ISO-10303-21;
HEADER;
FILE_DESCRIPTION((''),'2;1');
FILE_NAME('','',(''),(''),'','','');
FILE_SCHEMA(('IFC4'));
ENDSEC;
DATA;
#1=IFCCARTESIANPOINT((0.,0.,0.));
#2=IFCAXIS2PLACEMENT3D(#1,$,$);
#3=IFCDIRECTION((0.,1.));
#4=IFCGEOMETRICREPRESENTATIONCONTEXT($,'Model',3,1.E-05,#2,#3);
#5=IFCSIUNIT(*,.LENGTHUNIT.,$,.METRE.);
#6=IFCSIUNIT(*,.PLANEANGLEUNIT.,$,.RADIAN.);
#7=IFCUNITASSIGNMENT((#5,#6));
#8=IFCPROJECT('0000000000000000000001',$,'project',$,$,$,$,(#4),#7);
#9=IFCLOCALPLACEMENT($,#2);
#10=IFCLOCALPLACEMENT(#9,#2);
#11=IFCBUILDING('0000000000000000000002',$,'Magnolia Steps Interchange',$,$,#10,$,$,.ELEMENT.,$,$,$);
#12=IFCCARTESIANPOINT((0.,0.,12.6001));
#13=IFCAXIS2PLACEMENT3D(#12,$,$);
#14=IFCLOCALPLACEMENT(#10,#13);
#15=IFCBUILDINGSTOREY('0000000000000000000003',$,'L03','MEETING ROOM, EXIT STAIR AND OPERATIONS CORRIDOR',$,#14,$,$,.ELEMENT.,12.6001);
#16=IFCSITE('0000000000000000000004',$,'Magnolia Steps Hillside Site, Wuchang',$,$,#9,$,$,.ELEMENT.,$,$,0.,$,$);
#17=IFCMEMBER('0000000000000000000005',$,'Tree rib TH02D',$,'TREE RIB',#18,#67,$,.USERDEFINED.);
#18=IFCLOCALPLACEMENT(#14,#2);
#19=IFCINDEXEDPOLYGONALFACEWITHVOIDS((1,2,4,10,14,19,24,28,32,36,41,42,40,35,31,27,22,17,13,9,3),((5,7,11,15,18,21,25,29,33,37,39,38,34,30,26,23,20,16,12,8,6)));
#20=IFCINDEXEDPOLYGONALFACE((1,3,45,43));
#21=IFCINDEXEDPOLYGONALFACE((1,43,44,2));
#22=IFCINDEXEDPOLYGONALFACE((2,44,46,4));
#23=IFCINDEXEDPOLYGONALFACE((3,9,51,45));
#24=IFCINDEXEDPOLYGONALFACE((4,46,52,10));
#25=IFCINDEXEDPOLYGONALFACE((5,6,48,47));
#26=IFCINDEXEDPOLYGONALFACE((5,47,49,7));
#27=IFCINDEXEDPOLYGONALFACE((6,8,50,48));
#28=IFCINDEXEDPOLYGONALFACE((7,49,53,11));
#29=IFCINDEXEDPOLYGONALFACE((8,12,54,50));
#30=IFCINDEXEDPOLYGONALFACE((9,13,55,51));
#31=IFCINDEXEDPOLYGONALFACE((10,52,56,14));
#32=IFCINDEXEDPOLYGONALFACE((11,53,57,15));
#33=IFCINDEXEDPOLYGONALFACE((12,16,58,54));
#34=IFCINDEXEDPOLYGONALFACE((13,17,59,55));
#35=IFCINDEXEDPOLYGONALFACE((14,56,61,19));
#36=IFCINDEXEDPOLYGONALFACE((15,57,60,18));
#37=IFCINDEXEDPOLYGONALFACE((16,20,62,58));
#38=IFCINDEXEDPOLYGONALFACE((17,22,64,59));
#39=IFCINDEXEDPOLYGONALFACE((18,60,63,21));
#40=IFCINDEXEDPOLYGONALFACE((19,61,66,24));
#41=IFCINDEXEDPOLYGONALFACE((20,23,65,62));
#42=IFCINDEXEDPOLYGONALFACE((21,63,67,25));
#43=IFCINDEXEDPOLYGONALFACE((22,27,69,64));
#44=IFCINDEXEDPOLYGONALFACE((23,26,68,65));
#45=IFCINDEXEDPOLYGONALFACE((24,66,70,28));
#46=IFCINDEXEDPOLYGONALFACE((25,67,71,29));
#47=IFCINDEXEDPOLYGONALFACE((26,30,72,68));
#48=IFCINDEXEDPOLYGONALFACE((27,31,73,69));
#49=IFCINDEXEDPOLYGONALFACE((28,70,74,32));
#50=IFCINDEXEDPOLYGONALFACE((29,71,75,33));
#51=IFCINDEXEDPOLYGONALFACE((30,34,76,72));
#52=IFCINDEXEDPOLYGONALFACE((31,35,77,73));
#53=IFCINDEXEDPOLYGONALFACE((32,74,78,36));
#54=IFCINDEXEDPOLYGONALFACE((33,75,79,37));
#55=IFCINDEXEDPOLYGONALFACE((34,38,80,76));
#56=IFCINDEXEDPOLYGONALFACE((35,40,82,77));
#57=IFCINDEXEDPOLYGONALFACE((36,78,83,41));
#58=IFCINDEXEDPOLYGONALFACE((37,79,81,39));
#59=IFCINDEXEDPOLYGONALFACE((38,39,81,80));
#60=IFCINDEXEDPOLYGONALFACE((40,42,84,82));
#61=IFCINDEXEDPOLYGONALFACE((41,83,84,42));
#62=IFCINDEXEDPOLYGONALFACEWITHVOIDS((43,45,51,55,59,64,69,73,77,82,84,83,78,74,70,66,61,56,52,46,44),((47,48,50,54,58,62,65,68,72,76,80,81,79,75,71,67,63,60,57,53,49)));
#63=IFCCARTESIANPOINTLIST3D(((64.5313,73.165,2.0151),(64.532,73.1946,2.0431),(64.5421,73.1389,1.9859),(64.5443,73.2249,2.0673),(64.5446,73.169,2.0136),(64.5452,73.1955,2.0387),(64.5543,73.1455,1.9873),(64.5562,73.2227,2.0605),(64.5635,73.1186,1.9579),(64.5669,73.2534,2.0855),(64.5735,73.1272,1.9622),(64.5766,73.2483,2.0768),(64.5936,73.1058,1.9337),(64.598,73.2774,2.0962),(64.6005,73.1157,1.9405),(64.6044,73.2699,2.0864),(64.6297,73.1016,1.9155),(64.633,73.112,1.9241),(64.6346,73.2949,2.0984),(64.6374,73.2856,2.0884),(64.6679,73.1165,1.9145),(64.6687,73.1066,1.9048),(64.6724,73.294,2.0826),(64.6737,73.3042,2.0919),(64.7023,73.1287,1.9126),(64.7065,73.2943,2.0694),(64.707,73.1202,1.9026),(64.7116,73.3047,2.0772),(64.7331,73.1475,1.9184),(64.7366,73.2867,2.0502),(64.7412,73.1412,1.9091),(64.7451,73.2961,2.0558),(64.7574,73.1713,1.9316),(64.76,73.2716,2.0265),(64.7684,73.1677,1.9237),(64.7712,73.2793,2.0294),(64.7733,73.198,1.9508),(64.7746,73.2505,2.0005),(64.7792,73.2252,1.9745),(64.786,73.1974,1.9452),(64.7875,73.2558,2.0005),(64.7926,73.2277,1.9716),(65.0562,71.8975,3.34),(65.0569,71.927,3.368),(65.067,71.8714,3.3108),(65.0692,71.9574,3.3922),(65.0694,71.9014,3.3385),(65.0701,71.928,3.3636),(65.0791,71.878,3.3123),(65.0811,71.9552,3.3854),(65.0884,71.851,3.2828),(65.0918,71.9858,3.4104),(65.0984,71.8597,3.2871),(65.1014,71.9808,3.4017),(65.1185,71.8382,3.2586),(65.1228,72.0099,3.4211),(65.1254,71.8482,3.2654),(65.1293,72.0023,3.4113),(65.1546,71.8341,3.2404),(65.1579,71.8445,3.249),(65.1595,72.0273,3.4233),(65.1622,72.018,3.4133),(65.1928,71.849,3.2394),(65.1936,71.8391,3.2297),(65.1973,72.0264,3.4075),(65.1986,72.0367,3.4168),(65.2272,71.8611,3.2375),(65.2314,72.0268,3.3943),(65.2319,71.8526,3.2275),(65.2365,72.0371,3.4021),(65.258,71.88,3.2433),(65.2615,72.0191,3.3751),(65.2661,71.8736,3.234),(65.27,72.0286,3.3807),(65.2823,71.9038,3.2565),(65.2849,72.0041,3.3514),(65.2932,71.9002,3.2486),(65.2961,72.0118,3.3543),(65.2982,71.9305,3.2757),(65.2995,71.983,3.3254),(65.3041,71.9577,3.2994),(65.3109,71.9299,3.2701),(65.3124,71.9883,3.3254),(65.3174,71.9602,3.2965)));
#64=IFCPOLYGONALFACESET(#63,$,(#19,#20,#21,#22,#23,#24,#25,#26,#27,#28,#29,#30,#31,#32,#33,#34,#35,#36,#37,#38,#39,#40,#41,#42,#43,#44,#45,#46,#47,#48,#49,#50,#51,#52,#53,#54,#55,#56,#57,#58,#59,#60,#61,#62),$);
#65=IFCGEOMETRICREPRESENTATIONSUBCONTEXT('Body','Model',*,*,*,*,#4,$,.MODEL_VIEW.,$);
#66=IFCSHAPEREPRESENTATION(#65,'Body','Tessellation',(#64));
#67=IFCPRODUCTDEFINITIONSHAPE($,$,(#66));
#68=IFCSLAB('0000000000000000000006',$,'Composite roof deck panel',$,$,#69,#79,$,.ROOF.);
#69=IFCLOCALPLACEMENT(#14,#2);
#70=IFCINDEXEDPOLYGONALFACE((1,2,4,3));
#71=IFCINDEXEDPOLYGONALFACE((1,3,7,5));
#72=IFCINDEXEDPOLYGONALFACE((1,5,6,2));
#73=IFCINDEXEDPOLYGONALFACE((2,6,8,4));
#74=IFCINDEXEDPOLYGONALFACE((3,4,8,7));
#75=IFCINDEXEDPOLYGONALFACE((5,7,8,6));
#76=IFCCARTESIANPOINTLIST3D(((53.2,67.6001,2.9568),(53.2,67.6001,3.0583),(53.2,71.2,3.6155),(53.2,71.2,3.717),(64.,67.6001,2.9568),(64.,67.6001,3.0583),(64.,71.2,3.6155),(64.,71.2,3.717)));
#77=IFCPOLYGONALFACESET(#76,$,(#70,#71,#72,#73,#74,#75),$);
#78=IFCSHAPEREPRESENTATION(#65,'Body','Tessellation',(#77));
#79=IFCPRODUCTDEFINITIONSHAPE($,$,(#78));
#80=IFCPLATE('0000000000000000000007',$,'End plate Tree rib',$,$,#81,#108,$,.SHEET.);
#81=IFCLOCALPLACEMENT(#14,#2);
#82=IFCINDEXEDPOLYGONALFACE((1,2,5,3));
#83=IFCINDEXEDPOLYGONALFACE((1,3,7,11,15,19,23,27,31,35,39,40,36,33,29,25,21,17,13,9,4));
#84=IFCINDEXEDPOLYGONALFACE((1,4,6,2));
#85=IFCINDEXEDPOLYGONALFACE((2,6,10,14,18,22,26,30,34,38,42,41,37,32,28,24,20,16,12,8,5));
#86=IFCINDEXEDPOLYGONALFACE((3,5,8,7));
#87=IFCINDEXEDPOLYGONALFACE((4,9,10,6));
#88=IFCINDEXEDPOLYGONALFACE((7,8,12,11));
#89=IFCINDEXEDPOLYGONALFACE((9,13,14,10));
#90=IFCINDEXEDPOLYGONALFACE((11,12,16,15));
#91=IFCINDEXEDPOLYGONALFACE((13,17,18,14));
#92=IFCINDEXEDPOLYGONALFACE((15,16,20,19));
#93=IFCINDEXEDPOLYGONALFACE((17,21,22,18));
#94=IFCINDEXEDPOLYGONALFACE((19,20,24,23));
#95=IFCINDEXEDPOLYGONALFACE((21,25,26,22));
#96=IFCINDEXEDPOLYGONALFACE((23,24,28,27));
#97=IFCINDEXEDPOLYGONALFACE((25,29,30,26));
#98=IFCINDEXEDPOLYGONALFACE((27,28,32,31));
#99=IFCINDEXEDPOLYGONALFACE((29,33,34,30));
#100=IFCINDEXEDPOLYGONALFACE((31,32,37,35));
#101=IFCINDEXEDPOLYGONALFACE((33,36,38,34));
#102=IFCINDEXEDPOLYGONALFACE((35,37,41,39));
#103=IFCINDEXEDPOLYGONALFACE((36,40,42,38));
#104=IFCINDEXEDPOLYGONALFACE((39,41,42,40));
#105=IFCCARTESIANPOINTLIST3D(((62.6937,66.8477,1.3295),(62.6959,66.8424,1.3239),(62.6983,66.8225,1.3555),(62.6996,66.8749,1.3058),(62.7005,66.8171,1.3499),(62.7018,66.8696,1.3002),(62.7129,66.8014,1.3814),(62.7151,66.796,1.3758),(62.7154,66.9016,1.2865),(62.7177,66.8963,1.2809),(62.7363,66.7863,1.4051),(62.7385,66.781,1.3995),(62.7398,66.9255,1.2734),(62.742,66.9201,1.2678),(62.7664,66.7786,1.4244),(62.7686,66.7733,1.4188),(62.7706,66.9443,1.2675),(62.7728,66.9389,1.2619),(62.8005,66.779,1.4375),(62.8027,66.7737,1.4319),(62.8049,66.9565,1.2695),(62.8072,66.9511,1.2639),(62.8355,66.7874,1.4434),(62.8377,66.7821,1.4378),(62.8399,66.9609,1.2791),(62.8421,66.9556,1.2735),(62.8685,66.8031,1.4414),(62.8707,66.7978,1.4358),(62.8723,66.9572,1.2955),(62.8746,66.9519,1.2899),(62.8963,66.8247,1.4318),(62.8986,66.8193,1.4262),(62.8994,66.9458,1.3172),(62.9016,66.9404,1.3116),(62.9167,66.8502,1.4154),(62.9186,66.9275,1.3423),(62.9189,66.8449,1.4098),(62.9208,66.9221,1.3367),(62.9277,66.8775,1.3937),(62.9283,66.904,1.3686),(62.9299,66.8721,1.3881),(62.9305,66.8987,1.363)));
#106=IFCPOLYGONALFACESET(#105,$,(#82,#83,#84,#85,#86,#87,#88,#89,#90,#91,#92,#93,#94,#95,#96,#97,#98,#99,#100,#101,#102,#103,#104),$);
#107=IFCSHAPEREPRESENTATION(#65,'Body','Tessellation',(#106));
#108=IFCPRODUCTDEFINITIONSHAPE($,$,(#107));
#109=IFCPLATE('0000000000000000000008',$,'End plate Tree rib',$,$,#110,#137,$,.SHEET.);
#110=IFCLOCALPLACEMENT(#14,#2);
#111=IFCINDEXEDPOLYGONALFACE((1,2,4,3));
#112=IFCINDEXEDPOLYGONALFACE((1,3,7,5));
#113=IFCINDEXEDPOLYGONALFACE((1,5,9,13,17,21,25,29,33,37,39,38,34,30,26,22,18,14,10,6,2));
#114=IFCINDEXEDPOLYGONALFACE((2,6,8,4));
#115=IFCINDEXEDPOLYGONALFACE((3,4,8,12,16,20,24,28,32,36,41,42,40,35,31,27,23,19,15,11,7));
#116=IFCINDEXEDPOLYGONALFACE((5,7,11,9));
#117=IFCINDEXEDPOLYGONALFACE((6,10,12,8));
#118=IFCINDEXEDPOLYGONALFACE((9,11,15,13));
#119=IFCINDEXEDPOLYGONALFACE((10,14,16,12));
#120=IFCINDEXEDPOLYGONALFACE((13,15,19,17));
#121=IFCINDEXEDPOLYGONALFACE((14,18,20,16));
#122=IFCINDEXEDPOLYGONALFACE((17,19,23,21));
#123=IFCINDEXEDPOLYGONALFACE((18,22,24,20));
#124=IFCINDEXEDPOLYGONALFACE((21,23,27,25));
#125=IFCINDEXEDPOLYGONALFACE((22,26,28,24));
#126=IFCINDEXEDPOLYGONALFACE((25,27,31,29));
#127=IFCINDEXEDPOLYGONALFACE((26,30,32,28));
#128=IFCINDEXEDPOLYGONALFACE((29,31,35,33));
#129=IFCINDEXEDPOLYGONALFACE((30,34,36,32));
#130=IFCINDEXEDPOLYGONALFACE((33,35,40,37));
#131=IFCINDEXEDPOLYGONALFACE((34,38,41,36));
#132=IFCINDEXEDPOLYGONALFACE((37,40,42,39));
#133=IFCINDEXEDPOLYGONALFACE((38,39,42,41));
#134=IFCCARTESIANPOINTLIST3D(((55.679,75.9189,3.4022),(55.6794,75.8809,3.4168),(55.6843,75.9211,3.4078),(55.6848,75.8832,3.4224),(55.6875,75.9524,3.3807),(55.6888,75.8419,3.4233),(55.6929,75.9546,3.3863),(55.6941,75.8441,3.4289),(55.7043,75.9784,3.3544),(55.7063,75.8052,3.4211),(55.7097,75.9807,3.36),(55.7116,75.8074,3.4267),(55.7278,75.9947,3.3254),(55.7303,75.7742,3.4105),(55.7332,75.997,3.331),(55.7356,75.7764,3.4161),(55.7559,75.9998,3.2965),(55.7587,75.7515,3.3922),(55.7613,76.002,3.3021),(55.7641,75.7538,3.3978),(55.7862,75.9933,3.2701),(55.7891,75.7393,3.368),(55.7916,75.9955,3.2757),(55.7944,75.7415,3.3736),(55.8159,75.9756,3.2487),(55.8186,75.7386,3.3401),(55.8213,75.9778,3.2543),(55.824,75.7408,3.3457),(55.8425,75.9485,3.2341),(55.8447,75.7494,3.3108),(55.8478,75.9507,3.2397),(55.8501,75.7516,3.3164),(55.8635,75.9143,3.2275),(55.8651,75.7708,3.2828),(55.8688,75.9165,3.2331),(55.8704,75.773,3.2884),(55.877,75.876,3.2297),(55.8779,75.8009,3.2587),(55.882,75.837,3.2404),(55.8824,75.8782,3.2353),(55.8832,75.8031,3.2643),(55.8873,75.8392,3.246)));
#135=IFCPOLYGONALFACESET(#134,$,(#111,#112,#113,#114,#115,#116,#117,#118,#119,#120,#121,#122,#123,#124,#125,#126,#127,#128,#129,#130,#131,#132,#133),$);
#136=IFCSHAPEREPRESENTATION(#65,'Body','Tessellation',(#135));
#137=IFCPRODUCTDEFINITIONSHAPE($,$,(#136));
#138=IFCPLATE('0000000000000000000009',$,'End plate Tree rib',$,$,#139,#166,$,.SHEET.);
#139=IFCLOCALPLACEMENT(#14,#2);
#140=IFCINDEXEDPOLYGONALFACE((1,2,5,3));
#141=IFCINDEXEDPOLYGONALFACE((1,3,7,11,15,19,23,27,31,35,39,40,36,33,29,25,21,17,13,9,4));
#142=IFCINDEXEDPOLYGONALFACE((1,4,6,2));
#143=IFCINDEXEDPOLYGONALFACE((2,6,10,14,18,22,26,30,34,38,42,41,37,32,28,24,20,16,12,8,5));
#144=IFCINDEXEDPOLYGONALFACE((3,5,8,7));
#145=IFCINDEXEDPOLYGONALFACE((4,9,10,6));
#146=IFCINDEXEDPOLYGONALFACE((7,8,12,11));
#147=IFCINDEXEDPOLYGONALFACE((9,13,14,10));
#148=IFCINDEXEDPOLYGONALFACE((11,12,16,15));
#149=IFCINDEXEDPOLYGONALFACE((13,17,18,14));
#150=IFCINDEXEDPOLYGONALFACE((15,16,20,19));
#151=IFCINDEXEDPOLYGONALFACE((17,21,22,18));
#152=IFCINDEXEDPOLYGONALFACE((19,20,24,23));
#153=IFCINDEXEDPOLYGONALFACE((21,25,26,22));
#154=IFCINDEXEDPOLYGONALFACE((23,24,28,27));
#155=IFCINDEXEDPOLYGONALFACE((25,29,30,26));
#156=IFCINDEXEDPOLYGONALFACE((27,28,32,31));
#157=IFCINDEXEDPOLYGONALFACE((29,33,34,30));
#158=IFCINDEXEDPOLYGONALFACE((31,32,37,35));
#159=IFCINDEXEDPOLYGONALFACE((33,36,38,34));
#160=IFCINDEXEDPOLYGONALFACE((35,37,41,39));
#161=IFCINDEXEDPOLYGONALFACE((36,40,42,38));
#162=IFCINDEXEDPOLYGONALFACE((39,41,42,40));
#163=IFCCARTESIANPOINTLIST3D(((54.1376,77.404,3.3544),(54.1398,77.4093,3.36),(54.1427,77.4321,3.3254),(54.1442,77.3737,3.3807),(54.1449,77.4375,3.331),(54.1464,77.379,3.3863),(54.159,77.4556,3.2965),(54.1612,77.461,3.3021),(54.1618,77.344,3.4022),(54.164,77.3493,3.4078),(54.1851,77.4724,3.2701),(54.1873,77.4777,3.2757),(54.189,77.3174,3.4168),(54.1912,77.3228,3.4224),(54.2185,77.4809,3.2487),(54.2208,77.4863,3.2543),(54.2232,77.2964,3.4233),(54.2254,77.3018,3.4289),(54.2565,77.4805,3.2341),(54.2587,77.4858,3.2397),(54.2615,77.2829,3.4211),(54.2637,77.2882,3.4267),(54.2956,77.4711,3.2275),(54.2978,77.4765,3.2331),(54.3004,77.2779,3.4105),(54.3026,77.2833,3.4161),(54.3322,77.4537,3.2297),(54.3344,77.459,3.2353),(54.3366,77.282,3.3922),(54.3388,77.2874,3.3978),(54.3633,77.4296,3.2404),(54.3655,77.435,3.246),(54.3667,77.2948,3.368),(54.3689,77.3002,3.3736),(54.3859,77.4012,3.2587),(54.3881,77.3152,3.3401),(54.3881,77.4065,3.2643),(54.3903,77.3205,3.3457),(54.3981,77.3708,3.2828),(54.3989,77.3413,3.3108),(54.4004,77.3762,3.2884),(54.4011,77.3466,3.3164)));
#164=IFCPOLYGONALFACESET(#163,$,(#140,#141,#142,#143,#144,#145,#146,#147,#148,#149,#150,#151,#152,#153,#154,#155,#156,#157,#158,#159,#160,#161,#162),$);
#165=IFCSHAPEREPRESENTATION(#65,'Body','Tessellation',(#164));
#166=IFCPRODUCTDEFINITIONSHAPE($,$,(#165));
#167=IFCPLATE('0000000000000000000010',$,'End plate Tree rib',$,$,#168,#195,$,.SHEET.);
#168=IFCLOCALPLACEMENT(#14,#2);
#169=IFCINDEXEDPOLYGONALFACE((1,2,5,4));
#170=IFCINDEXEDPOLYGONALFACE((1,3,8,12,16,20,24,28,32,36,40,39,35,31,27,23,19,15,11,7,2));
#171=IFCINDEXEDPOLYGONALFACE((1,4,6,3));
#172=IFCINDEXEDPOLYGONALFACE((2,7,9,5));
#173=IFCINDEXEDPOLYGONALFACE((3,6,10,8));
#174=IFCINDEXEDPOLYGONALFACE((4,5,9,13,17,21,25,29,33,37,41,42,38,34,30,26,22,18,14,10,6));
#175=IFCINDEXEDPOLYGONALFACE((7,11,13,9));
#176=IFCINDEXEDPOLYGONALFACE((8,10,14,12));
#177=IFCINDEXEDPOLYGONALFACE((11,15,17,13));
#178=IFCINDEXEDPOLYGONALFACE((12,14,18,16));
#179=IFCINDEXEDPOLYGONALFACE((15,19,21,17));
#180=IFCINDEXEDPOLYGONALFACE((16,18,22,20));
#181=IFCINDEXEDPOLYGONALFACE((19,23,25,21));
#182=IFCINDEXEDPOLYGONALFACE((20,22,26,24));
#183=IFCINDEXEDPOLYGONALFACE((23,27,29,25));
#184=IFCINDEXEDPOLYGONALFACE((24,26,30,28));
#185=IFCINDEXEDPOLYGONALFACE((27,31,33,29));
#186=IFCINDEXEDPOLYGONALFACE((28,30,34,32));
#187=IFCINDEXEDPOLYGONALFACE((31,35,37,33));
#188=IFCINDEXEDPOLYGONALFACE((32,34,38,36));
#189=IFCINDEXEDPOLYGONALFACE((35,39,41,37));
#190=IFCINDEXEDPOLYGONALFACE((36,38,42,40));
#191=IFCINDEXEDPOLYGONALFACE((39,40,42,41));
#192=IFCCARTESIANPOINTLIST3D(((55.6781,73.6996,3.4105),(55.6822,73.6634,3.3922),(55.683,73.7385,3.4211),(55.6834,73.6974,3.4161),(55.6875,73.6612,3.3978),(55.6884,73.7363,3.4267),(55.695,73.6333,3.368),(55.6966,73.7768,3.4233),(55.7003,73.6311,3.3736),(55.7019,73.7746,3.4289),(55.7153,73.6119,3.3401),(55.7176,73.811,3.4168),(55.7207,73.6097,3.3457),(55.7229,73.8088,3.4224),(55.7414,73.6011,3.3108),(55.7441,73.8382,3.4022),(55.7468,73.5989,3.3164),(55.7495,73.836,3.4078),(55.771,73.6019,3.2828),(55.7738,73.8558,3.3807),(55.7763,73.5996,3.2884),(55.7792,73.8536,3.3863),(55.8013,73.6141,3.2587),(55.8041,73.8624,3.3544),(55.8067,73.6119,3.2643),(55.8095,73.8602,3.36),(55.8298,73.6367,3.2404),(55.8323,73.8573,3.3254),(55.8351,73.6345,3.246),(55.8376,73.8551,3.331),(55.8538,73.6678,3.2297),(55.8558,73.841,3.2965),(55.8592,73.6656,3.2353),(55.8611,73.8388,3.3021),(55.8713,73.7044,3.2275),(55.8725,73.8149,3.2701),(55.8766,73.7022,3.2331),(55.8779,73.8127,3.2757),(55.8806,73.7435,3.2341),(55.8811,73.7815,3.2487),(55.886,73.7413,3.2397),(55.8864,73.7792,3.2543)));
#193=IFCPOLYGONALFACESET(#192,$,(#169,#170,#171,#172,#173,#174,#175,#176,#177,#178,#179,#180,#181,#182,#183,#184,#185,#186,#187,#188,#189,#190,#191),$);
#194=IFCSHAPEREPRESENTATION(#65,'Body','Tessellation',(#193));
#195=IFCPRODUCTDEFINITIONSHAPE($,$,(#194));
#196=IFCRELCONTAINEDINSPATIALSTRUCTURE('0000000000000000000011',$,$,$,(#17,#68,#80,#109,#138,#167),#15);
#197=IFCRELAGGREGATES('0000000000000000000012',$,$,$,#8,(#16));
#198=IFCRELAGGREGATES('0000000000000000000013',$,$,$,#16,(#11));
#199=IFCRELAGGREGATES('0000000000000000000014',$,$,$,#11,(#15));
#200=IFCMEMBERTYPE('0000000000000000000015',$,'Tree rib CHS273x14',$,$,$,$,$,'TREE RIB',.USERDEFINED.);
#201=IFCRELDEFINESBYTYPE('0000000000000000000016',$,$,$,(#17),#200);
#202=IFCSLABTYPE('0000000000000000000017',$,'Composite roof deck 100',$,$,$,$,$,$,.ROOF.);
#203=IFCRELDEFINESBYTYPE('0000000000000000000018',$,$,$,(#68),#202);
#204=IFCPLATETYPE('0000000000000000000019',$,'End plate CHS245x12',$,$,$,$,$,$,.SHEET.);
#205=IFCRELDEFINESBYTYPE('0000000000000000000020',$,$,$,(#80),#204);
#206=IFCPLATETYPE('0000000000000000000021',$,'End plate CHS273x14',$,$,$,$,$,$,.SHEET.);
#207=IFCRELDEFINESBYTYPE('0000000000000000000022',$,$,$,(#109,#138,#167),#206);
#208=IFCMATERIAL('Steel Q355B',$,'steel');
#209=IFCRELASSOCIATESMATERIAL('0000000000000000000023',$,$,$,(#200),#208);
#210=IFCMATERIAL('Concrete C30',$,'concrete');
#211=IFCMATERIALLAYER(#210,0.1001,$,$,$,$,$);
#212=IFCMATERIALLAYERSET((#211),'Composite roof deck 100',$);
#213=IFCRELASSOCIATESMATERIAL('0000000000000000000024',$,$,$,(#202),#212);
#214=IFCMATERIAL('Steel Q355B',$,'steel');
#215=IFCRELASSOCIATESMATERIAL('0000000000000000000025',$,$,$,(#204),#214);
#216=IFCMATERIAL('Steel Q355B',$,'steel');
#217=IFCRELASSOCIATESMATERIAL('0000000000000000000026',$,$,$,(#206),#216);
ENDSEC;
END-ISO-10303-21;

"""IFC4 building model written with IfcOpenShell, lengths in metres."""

from ifc_helpers import new_model, si_unit, direction, frame, origin, origin_2d, place, context, subcontext, project, spatial, polyline, circle, hollow_circle, outline, extrude, material, layer, layer_set, material_profile, profile_set, type_object, element, save


model = new_model("IFC4")

# Units and contexts
model_context = context("Model", 3, precision=1e-05, world=origin(), true_north=direction((0.0, 1.0)))
body_context = subcontext(model_context, "Body", "Model", "MODEL_VIEW")
ifc_project = project(units=[si_unit("LENGTHUNIT", "METRE"), si_unit("PLANEANGLEUNIT", "RADIAN")], contexts=[model_context])

# Site, building, storey
site_placement = place(None, origin())
site = spatial("IfcSite", under=ifc_project, at=site_placement, Name="Magnolia Steps Hillside Site, Wuchang", CompositionType="ELEMENT", RefElevation=0.0)
building_placement = place(site_placement, origin())
building = spatial("IfcBuilding", under=site, at=building_placement, Name="Magnolia Steps Interchange", CompositionType="ELEMENT")
storey_placement = place(building_placement, frame((0.0, 0.0, 12.6001)))
storey = spatial("IfcBuildingStorey", under=building, at=storey_placement, Name="L03", Description="MEETING ROOM, EXIT STAIR AND OPERATIONS CORRIDOR", CompositionType="ELEMENT", Elevation=12.6001)

# Member
ifc_material_1 = material(Name="Steel Q355B", Category="steel")
ifc_material_profile_1 = material_profile(ifc_material_1, hollow_circle(Radius=0.1365, WallThickness=0.0139, at=origin_2d()), Name="CHS273x14")
ifc_profile_set_1 = profile_set([ifc_material_profile_1], Name="Steel Q355B")
member_type = type_object("IfcMemberType", Name="Tree rib CHS273x14", ElementType="TREE RIB", PredefinedType="USERDEFINED", material=ifc_profile_set_1)
member_1_placement = place(storey_placement, frame((64.6614, 73.2036, 2.0005), z_axis=(0.275208, -0.664595, 0.694676), x_axis=(0.923917, 0.382593, 0.0)))
element("IfcMember", 1, at=member_1_placement, inside=storey, type_object=member_type, Name="Tree rib TH02D", ObjectType="TREE RIB", PredefinedType="USERDEFINED", context=body_context, shape_type="SweptSolid", body=[
    extrude(hollow_circle(Radius=0.1365, WallThickness=0.0139, at=origin_2d()), origin(), (0.0, 0.0, 1.0), 1.9072),
])

# Slab
ifc_material_2 = material(Name="Concrete C30", Category="concrete")
ifc_layer = layer(ifc_material_2, 0.1001)
ifc_layer_set = layer_set([ifc_layer], Name="Composite roof deck 100")
slab_type = type_object("IfcSlabType", Name="Composite roof deck 100", PredefinedType="ROOF", material=ifc_layer_set)
slab_placement = place(storey_placement, frame((64.0, 67.6001, 3.0583), z_axis=(0.0, -0.179989, 0.983669), x_axis=(0.0, 0.983669, 0.179989)))
element("IfcSlab", 2, at=slab_placement, inside=storey, type_object=slab_type, Name="Composite roof deck panel", PredefinedType="ROOF", context=body_context, shape_type="SweptSolid", body=[
    extrude(outline(polyline([(0.0, 0.0), (3.6596, 0.0), (3.6596, 10.8), (0.0, 10.8), (0.0, 0.0)])), origin(), (-0.179989, 0.0, -0.983669), 0.1016),
])

# Plates
ifc_material_3 = material(Name="Steel Q355B", Category="steel")
ifc_material_profile_2 = material_profile(ifc_material_3, circle(Radius=0.1226, at=origin_2d()), Name="End plate CHS245x12")
ifc_profile_set_2 = profile_set([ifc_material_profile_2], Name="Steel Q355B")
plate_type_1 = type_object("IfcPlateType", Name="End plate CHS245x12", PredefinedType="SHEET", material=ifc_profile_set_2)
plate_placement = place(storey_placement, frame((62.8137, 66.864, 1.3499), z_axis=(-0.275279, 0.664583, 0.694658), x_axis=(-0.92388, -0.382683, 0.0)))
element("IfcPlate", 3, at=plate_placement, inside=storey, type_object=plate_type_1, Name="End plate Tree rib", PredefinedType="SHEET", context=body_context, shape_type="SweptSolid", body=[
    extrude(circle(Radius=0.1226, at=origin_2d()), origin(), (0.0, 0.0, 1.0), 0.0081),
])
ifc_material_4 = material(Name="Steel Q355B", Category="steel")
ifc_material_profile_3 = material_profile(ifc_material_4, circle(Radius=0.1365, at=origin_2d()), Name="End plate CHS273x14")
ifc_profile_set_3 = profile_set([ifc_material_profile_3], Name="Steel Q355B")
plate_type_2 = type_object("IfcPlateType", Name="End plate CHS273x14", PredefinedType="SHEET", material=ifc_profile_set_3)
for number, where, z_axis, x_axis, name in (
    (4, (55.78, 75.8687, 3.3254), (0.664583, 0.275279, 0.694658), (-0.382683, 0.92388, 0.0), "End plate Tree rib"),
    (5, (54.2688, 77.3799, 3.3254), (0.275279, 0.664583, 0.694658), (-0.92388, 0.382683, 0.0), "End plate Tree rib"),
    (6, (55.78, 73.7312, 3.3254), (0.664583, -0.275279, 0.694658), (0.382683, 0.92388, 0.0), "End plate Tree rib"),
):
    element("IfcPlate", number, at=place(storey_placement, frame(where, z_axis=z_axis, x_axis=x_axis)), inside=storey, type_object=plate_type_2, Name=name, PredefinedType="SHEET", context=body_context, shape_type="SweptSolid", body=[
        extrude(circle(Radius=0.1365, at=origin_2d()), origin(), (0.0, 0.0, 1.0), 0.0081),
    ])

save(model, "model.ifc")
